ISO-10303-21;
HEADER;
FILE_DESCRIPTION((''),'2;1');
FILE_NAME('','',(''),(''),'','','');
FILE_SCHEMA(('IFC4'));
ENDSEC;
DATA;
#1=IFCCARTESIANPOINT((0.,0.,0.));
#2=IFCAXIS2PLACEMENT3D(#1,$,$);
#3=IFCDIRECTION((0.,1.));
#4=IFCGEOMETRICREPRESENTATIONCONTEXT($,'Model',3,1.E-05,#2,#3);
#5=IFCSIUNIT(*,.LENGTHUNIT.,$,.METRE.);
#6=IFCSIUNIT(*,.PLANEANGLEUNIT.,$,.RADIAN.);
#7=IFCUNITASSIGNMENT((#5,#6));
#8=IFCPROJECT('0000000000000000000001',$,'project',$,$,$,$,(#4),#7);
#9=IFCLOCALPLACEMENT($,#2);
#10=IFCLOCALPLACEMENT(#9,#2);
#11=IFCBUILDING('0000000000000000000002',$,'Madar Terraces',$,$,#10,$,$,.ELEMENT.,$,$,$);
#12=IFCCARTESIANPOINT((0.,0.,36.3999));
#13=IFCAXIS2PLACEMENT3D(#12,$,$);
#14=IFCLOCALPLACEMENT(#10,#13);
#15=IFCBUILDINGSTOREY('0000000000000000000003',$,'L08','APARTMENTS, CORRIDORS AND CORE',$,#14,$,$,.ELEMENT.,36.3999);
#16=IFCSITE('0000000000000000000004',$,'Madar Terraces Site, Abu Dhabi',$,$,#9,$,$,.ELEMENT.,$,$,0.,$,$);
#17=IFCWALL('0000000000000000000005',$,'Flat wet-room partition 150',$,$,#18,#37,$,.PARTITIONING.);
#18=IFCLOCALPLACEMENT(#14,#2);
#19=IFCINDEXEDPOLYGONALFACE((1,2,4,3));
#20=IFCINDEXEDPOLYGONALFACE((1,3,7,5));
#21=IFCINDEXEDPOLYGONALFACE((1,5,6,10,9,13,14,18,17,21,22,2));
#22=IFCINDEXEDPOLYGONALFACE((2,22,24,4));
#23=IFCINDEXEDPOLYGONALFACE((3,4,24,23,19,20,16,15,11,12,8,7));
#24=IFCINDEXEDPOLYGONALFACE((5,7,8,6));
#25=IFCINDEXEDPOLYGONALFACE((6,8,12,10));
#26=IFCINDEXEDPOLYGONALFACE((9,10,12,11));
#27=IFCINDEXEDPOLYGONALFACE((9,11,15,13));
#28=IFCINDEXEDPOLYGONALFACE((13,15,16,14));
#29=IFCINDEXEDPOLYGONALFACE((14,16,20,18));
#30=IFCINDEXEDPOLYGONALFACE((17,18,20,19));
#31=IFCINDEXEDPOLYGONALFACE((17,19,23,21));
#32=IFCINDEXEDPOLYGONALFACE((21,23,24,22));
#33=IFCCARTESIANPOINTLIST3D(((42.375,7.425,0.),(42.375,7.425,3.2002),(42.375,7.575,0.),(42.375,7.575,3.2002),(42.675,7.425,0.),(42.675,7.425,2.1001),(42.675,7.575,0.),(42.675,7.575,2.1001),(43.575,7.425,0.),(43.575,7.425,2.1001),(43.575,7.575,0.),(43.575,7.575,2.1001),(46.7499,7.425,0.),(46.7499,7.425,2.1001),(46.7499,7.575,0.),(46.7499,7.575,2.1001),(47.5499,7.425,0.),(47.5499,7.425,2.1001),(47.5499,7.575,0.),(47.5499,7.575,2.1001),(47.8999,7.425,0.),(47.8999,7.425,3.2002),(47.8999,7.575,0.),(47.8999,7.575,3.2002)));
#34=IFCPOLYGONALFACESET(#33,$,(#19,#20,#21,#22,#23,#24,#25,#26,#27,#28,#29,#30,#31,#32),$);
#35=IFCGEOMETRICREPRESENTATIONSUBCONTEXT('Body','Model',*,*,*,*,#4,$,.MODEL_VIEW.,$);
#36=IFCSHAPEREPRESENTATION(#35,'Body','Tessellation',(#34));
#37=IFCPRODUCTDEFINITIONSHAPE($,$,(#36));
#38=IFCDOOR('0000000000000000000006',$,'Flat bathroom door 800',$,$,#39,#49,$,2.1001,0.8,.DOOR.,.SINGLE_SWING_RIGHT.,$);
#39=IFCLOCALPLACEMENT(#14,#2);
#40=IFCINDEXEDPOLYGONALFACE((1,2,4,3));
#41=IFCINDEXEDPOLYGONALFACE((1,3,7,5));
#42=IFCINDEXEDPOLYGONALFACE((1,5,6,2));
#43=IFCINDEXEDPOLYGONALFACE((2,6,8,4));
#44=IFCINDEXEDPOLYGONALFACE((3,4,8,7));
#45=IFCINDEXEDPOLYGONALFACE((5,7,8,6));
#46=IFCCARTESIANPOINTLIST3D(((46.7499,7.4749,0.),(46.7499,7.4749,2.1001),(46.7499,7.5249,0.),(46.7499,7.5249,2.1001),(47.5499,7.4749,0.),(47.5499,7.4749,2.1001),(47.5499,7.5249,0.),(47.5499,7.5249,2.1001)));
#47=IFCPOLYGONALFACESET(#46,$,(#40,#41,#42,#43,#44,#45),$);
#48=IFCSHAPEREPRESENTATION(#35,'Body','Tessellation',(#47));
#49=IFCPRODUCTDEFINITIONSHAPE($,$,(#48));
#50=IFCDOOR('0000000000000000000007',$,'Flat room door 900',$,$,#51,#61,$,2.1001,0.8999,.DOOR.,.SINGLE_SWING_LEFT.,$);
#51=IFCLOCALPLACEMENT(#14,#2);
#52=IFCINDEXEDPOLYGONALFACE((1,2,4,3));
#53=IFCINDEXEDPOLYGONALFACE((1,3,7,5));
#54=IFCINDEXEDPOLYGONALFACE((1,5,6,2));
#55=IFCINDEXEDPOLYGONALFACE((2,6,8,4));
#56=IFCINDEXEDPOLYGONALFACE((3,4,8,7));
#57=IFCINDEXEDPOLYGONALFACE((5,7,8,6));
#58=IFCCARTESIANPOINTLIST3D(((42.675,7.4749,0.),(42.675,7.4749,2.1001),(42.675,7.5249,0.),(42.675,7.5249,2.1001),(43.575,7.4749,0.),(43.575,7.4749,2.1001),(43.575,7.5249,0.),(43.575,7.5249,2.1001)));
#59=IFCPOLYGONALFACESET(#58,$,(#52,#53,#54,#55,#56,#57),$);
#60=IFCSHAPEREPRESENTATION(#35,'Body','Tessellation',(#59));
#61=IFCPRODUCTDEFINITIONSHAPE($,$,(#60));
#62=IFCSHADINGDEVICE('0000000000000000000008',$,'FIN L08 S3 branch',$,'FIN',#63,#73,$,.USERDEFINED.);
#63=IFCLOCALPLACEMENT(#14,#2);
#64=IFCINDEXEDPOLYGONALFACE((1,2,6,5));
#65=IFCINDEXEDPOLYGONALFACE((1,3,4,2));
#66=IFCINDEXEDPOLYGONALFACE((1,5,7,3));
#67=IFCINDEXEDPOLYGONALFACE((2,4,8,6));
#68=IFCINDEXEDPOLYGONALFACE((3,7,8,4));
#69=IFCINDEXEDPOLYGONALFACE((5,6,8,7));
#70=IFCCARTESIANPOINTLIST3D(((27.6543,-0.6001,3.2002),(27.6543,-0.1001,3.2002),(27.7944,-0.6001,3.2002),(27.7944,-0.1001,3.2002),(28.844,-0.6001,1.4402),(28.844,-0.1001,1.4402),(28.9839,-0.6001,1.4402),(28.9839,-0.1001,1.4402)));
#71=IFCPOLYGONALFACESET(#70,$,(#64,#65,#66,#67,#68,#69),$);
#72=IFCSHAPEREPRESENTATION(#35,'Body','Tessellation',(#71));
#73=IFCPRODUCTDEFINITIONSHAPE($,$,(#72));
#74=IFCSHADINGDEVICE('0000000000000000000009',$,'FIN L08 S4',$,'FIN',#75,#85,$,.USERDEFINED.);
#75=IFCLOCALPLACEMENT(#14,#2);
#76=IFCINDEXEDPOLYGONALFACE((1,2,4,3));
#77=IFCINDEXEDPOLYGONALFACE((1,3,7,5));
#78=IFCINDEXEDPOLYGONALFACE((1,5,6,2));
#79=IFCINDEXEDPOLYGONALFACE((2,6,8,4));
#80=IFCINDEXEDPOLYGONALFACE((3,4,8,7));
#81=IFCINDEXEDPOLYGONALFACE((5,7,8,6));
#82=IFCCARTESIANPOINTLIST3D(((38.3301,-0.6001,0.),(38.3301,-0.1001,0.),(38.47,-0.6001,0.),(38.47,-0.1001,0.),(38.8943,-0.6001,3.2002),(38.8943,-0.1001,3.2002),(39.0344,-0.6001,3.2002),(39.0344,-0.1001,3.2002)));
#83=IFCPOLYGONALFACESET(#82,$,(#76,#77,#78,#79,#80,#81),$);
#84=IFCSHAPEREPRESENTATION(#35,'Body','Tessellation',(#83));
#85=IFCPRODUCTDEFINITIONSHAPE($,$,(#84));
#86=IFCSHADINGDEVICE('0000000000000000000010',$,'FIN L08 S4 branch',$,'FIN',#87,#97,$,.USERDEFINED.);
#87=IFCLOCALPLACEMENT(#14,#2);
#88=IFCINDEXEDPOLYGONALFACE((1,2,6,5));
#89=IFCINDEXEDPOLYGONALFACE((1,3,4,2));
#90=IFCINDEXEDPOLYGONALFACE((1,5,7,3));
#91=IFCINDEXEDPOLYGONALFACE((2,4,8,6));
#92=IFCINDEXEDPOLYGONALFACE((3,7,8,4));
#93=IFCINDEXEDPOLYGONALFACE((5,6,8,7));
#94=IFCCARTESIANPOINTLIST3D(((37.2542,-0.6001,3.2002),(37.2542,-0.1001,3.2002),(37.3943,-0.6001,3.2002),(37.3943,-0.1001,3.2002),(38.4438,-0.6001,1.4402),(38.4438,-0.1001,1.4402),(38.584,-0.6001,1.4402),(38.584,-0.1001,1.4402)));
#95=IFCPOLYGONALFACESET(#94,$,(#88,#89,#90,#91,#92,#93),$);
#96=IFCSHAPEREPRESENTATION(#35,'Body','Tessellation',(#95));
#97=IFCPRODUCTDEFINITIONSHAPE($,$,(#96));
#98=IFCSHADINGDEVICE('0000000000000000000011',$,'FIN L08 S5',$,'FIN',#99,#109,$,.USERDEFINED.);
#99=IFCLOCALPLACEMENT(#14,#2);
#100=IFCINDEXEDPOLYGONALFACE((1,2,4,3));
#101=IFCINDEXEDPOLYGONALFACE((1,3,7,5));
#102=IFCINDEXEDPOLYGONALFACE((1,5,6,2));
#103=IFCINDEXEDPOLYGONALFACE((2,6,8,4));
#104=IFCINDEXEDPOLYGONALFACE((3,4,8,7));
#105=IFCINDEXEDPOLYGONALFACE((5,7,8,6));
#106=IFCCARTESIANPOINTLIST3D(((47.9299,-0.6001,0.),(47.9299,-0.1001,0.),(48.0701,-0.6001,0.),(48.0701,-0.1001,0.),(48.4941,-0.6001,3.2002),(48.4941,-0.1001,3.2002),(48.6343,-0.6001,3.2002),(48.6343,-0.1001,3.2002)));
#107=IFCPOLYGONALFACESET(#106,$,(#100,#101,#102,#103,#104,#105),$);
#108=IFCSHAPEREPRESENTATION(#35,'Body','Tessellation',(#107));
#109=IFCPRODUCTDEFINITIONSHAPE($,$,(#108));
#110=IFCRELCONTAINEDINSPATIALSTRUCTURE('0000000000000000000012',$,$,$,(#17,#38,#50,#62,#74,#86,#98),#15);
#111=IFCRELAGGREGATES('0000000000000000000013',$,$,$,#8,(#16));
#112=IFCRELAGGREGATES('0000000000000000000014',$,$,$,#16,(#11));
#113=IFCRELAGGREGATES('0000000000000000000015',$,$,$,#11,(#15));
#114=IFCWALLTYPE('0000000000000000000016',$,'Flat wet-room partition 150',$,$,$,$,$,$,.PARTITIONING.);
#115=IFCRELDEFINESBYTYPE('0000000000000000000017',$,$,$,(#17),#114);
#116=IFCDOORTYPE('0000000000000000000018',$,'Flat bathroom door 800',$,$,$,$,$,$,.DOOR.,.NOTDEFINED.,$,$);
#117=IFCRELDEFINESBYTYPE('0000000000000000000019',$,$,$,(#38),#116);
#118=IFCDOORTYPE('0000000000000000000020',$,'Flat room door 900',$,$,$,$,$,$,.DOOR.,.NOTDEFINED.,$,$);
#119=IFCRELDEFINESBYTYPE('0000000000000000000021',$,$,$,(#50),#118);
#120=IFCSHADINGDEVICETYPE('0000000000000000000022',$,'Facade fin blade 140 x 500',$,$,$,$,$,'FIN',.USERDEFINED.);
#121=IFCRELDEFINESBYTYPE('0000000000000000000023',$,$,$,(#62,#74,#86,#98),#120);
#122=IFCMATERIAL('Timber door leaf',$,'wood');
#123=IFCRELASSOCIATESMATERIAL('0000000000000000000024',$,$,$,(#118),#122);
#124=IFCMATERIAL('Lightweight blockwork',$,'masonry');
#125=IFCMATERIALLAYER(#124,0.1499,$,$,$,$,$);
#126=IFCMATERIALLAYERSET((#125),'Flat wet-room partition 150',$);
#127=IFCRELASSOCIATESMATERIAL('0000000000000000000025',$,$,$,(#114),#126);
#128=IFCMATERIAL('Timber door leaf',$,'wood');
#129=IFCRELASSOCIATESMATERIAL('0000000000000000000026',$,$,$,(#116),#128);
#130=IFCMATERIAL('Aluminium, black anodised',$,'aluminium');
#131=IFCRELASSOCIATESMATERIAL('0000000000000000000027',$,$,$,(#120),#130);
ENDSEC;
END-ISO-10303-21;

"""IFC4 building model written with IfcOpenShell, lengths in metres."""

from ifc_helpers import new_model, si_unit, direction, frame, frame_2d, origin, place, context, subcontext, project, spatial, polyline, rectangle, outline, extrude, material, layer, layer_set, type_object, element, fill, save


model = new_model("IFC4")

# Units and contexts
model_context = context("Model", 3, precision=1e-05, world=origin(), true_north=direction((0.0, 1.0)))
body_context = subcontext(model_context, "Body", "Model", "MODEL_VIEW")
ifc_project = project(units=[si_unit("LENGTHUNIT", "METRE"), si_unit("PLANEANGLEUNIT", "RADIAN")], contexts=[model_context])

# Site, building, storey
site_placement = place(None, origin())
site = spatial("IfcSite", under=ifc_project, at=site_placement, Name="Madar Terraces Site, Abu Dhabi", CompositionType="ELEMENT", RefElevation=0.0)
building_placement = place(site_placement, origin())
building = spatial("IfcBuilding", under=site, at=building_placement, Name="Madar Terraces", CompositionType="ELEMENT")
storey_placement = place(building_placement, frame((0.0, 0.0, 36.3999)))
storey = spatial("IfcBuildingStorey", under=building, at=storey_placement, Name="L08", Description="APARTMENTS, CORRIDORS AND CORE", CompositionType="ELEMENT", Elevation=36.3999)

# Shared definitions
ifc_material_1 = material(Name="Timber door leaf", Category="wood")
door_type_1 = type_object("IfcDoorType", Name="Flat room door 900", OperationType="NOTDEFINED", PredefinedType="DOOR", material=ifc_material_1)

# Shared definitions
ifc_material_2 = material(Name="Lightweight blockwork", Category="masonry")
ifc_layer_1 = layer(ifc_material_2, 0.1499)
ifc_layer_set_1 = layer_set([ifc_layer_1], Name="Flat wet-room partition 150")
wall_type_1 = type_object("IfcWallType", Name="Flat wet-room partition 150", PredefinedType="PARTITIONING", material=ifc_layer_set_1)

# Wall, openings, doors
wall_1_placement = place(storey_placement, frame((42.375, 7.5, 0.0), z_axis=(0.0, 0.0, 1.0), x_axis=(1.0, 0.0, 0.0)))
wall_1 = element("IfcWall", 1, at=wall_1_placement, inside=storey, type_object=wall_type_1, Name="Flat wet-room partition 150", PredefinedType="PARTITIONING", context=body_context, shape_type="SweptSolid", body=[
    extrude(rectangle(XDim=5.5249, YDim=0.1499, at=frame_2d((2.7625, 0.0))), origin(), (0.0, 0.0, 1.0), 3.2002),
])
opening_1_placement = place(wall_1_placement, frame((0.3, 0.0, 0.0)))
opening_1 = element("IfcOpeningElement", 2, at=opening_1_placement, cuts=wall_1, PredefinedType="OPENING", context=body_context, shape_type="SweptSolid", body=[
    extrude(rectangle(XDim=0.8999, YDim=2.1001, at=frame_2d((0.45, 1.05))), frame((0.0, 0.085, 0.0), z_axis=(0.0, -1.0, 0.0), x_axis=(1.0, 0.0, 0.0)), (0.0, 0.0, 1.0), 0.1699),
])
opening_2_placement = place(wall_1_placement, frame((4.375, 0.0, 0.0)))
opening_2 = element("IfcOpeningElement", 3, at=opening_2_placement, cuts=wall_1, PredefinedType="OPENING", context=body_context, shape_type="SweptSolid", body=[
    extrude(rectangle(XDim=0.8, YDim=2.1001, at=frame_2d((0.3999, 1.05))), frame((0.0, 0.085, 0.0), z_axis=(0.0, -1.0, 0.0), x_axis=(1.0, 0.0, 0.0)), (0.0, 0.0, 1.0), 0.1699),
])
ifc_material_3 = material(Name="Timber door leaf", Category="wood")
door_type_2 = type_object("IfcDoorType", Name="Flat bathroom door 800", OperationType="NOTDEFINED", PredefinedType="DOOR", material=ifc_material_3)
door_1_placement = place(opening_2_placement, origin())
door_1 = element("IfcDoor", 4, at=door_1_placement, inside=storey, type_object=door_type_2, Name="Flat bathroom door 800", OperationType="SINGLE_SWING_RIGHT", OverallHeight=2.1001, OverallWidth=0.8, PredefinedType="DOOR", context=body_context, shape_type="SweptSolid", body=[
    extrude(rectangle(XDim=0.8, YDim=2.1001, at=frame_2d((0.3999, 1.05))), frame((0.0, 0.0249, 0.0), z_axis=(0.0, -1.0, 0.0), x_axis=(1.0, 0.0, 0.0)), (0.0, 0.0, 1.0), 0.05),
])
fill(opening_2, door_1)
door_2_placement = place(opening_1_placement, origin())
door_2 = element("IfcDoor", 5, at=door_2_placement, inside=storey, type_object=door_type_1, Name="Flat room door 900", OperationType="SINGLE_SWING_LEFT", OverallHeight=2.1001, OverallWidth=0.8999, PredefinedType="DOOR", context=body_context, shape_type="SweptSolid", body=[
    extrude(rectangle(XDim=0.8999, YDim=2.1001, at=frame_2d((0.45, 1.05))), frame((0.0, 0.0249, 0.0), z_axis=(0.0, -1.0, 0.0), x_axis=(1.0, 0.0, 0.0)), (0.0, 0.0, 1.0), 0.05),
])
fill(opening_1, door_2)

# Shading devices
ifc_material_4 = material(Name="Aluminium, black anodised", Category="aluminium")
shading_device_type = type_object("IfcShadingDeviceType", Name="Facade fin blade 140 x 500", ElementType="FIN", PredefinedType="USERDEFINED", material=ifc_material_4)
shading_device_1_placement = place(storey_placement, frame((28.844, -0.3501, 1.4402), z_axis=(0.0, 0.0, 1.0), x_axis=(1.0, 0.0, 0.0)))
element("IfcShadingDevice", 6, at=shading_device_1_placement, inside=storey, type_object=shading_device_type, Name="FIN L08 S3 branch", ObjectType="FIN", PredefinedType="USERDEFINED", context=body_context, shape_type="SweptSolid", body=[
    extrude(outline(polyline([(0.0, 0.0), (0.1399, 0.0), (-1.0496, 1.76), (-1.1897, 1.76), (0.0, 0.0)])), frame((0.0, 0.25, 0.0), z_axis=(0.0, -1.0, 0.0), x_axis=(1.0, 0.0, 0.0)), (0.0, 0.0, 1.0), 0.5),
])
shading_device_2_placement = place(storey_placement, frame((38.3301, -0.3501, 0.0), z_axis=(0.0, 0.0, 1.0), x_axis=(1.0, 0.0, 0.0)))
element("IfcShadingDevice", 7, at=shading_device_2_placement, inside=storey, type_object=shading_device_type, Name="FIN L08 S4", ObjectType="FIN", PredefinedType="USERDEFINED", context=body_context, shape_type="SweptSolid", body=[
    extrude(outline(polyline([(0.0, 0.0), (0.1399, 0.0), (0.7043, 3.2002), (0.5642, 3.2002), (0.0, 0.0)])), frame((0.0, 0.25, 0.0), z_axis=(0.0, -1.0, 0.0), x_axis=(1.0, 0.0, 0.0)), (0.0, 0.0, 1.0), 0.5),
])
shading_device_3_placement = place(storey_placement, frame((38.4438, -0.3501, 1.4402), z_axis=(0.0, 0.0, 1.0), x_axis=(1.0, 0.0, 0.0)))
element("IfcShadingDevice", 8, at=shading_device_3_placement, inside=storey, type_object=shading_device_type, Name="FIN L08 S4 branch", ObjectType="FIN", PredefinedType="USERDEFINED", context=body_context, shape_type="SweptSolid", body=[
    extrude(outline(polyline([(0.0, 0.0), (0.1401, 0.0), (-1.0496, 1.76), (-1.1897, 1.76), (0.0, 0.0)])), frame((0.0, 0.25, 0.0), z_axis=(0.0, -1.0, 0.0), x_axis=(1.0, 0.0, 0.0)), (0.0, 0.0, 1.0), 0.5),
])
shading_device_4_placement = place(storey_placement, frame((47.9299, -0.3501, 0.0), z_axis=(0.0, 0.0, 1.0), x_axis=(1.0, 0.0, 0.0)))
element("IfcShadingDevice", 9, at=shading_device_4_placement, inside=storey, type_object=shading_device_type, Name="FIN L08 S5", ObjectType="FIN", PredefinedType="USERDEFINED", context=body_context, shape_type="SweptSolid", body=[
    extrude(outline(polyline([(0.0, 0.0), (0.1401, 0.0), (0.7043, 3.2002), (0.5642, 3.2002), (0.0, 0.0)])), frame((0.0, 0.25, 0.0), z_axis=(0.0, -1.0, 0.0), x_axis=(1.0, 0.0, 0.0)), (0.0, 0.0, 1.0), 0.5),
])

save(model, "model.ifc")
